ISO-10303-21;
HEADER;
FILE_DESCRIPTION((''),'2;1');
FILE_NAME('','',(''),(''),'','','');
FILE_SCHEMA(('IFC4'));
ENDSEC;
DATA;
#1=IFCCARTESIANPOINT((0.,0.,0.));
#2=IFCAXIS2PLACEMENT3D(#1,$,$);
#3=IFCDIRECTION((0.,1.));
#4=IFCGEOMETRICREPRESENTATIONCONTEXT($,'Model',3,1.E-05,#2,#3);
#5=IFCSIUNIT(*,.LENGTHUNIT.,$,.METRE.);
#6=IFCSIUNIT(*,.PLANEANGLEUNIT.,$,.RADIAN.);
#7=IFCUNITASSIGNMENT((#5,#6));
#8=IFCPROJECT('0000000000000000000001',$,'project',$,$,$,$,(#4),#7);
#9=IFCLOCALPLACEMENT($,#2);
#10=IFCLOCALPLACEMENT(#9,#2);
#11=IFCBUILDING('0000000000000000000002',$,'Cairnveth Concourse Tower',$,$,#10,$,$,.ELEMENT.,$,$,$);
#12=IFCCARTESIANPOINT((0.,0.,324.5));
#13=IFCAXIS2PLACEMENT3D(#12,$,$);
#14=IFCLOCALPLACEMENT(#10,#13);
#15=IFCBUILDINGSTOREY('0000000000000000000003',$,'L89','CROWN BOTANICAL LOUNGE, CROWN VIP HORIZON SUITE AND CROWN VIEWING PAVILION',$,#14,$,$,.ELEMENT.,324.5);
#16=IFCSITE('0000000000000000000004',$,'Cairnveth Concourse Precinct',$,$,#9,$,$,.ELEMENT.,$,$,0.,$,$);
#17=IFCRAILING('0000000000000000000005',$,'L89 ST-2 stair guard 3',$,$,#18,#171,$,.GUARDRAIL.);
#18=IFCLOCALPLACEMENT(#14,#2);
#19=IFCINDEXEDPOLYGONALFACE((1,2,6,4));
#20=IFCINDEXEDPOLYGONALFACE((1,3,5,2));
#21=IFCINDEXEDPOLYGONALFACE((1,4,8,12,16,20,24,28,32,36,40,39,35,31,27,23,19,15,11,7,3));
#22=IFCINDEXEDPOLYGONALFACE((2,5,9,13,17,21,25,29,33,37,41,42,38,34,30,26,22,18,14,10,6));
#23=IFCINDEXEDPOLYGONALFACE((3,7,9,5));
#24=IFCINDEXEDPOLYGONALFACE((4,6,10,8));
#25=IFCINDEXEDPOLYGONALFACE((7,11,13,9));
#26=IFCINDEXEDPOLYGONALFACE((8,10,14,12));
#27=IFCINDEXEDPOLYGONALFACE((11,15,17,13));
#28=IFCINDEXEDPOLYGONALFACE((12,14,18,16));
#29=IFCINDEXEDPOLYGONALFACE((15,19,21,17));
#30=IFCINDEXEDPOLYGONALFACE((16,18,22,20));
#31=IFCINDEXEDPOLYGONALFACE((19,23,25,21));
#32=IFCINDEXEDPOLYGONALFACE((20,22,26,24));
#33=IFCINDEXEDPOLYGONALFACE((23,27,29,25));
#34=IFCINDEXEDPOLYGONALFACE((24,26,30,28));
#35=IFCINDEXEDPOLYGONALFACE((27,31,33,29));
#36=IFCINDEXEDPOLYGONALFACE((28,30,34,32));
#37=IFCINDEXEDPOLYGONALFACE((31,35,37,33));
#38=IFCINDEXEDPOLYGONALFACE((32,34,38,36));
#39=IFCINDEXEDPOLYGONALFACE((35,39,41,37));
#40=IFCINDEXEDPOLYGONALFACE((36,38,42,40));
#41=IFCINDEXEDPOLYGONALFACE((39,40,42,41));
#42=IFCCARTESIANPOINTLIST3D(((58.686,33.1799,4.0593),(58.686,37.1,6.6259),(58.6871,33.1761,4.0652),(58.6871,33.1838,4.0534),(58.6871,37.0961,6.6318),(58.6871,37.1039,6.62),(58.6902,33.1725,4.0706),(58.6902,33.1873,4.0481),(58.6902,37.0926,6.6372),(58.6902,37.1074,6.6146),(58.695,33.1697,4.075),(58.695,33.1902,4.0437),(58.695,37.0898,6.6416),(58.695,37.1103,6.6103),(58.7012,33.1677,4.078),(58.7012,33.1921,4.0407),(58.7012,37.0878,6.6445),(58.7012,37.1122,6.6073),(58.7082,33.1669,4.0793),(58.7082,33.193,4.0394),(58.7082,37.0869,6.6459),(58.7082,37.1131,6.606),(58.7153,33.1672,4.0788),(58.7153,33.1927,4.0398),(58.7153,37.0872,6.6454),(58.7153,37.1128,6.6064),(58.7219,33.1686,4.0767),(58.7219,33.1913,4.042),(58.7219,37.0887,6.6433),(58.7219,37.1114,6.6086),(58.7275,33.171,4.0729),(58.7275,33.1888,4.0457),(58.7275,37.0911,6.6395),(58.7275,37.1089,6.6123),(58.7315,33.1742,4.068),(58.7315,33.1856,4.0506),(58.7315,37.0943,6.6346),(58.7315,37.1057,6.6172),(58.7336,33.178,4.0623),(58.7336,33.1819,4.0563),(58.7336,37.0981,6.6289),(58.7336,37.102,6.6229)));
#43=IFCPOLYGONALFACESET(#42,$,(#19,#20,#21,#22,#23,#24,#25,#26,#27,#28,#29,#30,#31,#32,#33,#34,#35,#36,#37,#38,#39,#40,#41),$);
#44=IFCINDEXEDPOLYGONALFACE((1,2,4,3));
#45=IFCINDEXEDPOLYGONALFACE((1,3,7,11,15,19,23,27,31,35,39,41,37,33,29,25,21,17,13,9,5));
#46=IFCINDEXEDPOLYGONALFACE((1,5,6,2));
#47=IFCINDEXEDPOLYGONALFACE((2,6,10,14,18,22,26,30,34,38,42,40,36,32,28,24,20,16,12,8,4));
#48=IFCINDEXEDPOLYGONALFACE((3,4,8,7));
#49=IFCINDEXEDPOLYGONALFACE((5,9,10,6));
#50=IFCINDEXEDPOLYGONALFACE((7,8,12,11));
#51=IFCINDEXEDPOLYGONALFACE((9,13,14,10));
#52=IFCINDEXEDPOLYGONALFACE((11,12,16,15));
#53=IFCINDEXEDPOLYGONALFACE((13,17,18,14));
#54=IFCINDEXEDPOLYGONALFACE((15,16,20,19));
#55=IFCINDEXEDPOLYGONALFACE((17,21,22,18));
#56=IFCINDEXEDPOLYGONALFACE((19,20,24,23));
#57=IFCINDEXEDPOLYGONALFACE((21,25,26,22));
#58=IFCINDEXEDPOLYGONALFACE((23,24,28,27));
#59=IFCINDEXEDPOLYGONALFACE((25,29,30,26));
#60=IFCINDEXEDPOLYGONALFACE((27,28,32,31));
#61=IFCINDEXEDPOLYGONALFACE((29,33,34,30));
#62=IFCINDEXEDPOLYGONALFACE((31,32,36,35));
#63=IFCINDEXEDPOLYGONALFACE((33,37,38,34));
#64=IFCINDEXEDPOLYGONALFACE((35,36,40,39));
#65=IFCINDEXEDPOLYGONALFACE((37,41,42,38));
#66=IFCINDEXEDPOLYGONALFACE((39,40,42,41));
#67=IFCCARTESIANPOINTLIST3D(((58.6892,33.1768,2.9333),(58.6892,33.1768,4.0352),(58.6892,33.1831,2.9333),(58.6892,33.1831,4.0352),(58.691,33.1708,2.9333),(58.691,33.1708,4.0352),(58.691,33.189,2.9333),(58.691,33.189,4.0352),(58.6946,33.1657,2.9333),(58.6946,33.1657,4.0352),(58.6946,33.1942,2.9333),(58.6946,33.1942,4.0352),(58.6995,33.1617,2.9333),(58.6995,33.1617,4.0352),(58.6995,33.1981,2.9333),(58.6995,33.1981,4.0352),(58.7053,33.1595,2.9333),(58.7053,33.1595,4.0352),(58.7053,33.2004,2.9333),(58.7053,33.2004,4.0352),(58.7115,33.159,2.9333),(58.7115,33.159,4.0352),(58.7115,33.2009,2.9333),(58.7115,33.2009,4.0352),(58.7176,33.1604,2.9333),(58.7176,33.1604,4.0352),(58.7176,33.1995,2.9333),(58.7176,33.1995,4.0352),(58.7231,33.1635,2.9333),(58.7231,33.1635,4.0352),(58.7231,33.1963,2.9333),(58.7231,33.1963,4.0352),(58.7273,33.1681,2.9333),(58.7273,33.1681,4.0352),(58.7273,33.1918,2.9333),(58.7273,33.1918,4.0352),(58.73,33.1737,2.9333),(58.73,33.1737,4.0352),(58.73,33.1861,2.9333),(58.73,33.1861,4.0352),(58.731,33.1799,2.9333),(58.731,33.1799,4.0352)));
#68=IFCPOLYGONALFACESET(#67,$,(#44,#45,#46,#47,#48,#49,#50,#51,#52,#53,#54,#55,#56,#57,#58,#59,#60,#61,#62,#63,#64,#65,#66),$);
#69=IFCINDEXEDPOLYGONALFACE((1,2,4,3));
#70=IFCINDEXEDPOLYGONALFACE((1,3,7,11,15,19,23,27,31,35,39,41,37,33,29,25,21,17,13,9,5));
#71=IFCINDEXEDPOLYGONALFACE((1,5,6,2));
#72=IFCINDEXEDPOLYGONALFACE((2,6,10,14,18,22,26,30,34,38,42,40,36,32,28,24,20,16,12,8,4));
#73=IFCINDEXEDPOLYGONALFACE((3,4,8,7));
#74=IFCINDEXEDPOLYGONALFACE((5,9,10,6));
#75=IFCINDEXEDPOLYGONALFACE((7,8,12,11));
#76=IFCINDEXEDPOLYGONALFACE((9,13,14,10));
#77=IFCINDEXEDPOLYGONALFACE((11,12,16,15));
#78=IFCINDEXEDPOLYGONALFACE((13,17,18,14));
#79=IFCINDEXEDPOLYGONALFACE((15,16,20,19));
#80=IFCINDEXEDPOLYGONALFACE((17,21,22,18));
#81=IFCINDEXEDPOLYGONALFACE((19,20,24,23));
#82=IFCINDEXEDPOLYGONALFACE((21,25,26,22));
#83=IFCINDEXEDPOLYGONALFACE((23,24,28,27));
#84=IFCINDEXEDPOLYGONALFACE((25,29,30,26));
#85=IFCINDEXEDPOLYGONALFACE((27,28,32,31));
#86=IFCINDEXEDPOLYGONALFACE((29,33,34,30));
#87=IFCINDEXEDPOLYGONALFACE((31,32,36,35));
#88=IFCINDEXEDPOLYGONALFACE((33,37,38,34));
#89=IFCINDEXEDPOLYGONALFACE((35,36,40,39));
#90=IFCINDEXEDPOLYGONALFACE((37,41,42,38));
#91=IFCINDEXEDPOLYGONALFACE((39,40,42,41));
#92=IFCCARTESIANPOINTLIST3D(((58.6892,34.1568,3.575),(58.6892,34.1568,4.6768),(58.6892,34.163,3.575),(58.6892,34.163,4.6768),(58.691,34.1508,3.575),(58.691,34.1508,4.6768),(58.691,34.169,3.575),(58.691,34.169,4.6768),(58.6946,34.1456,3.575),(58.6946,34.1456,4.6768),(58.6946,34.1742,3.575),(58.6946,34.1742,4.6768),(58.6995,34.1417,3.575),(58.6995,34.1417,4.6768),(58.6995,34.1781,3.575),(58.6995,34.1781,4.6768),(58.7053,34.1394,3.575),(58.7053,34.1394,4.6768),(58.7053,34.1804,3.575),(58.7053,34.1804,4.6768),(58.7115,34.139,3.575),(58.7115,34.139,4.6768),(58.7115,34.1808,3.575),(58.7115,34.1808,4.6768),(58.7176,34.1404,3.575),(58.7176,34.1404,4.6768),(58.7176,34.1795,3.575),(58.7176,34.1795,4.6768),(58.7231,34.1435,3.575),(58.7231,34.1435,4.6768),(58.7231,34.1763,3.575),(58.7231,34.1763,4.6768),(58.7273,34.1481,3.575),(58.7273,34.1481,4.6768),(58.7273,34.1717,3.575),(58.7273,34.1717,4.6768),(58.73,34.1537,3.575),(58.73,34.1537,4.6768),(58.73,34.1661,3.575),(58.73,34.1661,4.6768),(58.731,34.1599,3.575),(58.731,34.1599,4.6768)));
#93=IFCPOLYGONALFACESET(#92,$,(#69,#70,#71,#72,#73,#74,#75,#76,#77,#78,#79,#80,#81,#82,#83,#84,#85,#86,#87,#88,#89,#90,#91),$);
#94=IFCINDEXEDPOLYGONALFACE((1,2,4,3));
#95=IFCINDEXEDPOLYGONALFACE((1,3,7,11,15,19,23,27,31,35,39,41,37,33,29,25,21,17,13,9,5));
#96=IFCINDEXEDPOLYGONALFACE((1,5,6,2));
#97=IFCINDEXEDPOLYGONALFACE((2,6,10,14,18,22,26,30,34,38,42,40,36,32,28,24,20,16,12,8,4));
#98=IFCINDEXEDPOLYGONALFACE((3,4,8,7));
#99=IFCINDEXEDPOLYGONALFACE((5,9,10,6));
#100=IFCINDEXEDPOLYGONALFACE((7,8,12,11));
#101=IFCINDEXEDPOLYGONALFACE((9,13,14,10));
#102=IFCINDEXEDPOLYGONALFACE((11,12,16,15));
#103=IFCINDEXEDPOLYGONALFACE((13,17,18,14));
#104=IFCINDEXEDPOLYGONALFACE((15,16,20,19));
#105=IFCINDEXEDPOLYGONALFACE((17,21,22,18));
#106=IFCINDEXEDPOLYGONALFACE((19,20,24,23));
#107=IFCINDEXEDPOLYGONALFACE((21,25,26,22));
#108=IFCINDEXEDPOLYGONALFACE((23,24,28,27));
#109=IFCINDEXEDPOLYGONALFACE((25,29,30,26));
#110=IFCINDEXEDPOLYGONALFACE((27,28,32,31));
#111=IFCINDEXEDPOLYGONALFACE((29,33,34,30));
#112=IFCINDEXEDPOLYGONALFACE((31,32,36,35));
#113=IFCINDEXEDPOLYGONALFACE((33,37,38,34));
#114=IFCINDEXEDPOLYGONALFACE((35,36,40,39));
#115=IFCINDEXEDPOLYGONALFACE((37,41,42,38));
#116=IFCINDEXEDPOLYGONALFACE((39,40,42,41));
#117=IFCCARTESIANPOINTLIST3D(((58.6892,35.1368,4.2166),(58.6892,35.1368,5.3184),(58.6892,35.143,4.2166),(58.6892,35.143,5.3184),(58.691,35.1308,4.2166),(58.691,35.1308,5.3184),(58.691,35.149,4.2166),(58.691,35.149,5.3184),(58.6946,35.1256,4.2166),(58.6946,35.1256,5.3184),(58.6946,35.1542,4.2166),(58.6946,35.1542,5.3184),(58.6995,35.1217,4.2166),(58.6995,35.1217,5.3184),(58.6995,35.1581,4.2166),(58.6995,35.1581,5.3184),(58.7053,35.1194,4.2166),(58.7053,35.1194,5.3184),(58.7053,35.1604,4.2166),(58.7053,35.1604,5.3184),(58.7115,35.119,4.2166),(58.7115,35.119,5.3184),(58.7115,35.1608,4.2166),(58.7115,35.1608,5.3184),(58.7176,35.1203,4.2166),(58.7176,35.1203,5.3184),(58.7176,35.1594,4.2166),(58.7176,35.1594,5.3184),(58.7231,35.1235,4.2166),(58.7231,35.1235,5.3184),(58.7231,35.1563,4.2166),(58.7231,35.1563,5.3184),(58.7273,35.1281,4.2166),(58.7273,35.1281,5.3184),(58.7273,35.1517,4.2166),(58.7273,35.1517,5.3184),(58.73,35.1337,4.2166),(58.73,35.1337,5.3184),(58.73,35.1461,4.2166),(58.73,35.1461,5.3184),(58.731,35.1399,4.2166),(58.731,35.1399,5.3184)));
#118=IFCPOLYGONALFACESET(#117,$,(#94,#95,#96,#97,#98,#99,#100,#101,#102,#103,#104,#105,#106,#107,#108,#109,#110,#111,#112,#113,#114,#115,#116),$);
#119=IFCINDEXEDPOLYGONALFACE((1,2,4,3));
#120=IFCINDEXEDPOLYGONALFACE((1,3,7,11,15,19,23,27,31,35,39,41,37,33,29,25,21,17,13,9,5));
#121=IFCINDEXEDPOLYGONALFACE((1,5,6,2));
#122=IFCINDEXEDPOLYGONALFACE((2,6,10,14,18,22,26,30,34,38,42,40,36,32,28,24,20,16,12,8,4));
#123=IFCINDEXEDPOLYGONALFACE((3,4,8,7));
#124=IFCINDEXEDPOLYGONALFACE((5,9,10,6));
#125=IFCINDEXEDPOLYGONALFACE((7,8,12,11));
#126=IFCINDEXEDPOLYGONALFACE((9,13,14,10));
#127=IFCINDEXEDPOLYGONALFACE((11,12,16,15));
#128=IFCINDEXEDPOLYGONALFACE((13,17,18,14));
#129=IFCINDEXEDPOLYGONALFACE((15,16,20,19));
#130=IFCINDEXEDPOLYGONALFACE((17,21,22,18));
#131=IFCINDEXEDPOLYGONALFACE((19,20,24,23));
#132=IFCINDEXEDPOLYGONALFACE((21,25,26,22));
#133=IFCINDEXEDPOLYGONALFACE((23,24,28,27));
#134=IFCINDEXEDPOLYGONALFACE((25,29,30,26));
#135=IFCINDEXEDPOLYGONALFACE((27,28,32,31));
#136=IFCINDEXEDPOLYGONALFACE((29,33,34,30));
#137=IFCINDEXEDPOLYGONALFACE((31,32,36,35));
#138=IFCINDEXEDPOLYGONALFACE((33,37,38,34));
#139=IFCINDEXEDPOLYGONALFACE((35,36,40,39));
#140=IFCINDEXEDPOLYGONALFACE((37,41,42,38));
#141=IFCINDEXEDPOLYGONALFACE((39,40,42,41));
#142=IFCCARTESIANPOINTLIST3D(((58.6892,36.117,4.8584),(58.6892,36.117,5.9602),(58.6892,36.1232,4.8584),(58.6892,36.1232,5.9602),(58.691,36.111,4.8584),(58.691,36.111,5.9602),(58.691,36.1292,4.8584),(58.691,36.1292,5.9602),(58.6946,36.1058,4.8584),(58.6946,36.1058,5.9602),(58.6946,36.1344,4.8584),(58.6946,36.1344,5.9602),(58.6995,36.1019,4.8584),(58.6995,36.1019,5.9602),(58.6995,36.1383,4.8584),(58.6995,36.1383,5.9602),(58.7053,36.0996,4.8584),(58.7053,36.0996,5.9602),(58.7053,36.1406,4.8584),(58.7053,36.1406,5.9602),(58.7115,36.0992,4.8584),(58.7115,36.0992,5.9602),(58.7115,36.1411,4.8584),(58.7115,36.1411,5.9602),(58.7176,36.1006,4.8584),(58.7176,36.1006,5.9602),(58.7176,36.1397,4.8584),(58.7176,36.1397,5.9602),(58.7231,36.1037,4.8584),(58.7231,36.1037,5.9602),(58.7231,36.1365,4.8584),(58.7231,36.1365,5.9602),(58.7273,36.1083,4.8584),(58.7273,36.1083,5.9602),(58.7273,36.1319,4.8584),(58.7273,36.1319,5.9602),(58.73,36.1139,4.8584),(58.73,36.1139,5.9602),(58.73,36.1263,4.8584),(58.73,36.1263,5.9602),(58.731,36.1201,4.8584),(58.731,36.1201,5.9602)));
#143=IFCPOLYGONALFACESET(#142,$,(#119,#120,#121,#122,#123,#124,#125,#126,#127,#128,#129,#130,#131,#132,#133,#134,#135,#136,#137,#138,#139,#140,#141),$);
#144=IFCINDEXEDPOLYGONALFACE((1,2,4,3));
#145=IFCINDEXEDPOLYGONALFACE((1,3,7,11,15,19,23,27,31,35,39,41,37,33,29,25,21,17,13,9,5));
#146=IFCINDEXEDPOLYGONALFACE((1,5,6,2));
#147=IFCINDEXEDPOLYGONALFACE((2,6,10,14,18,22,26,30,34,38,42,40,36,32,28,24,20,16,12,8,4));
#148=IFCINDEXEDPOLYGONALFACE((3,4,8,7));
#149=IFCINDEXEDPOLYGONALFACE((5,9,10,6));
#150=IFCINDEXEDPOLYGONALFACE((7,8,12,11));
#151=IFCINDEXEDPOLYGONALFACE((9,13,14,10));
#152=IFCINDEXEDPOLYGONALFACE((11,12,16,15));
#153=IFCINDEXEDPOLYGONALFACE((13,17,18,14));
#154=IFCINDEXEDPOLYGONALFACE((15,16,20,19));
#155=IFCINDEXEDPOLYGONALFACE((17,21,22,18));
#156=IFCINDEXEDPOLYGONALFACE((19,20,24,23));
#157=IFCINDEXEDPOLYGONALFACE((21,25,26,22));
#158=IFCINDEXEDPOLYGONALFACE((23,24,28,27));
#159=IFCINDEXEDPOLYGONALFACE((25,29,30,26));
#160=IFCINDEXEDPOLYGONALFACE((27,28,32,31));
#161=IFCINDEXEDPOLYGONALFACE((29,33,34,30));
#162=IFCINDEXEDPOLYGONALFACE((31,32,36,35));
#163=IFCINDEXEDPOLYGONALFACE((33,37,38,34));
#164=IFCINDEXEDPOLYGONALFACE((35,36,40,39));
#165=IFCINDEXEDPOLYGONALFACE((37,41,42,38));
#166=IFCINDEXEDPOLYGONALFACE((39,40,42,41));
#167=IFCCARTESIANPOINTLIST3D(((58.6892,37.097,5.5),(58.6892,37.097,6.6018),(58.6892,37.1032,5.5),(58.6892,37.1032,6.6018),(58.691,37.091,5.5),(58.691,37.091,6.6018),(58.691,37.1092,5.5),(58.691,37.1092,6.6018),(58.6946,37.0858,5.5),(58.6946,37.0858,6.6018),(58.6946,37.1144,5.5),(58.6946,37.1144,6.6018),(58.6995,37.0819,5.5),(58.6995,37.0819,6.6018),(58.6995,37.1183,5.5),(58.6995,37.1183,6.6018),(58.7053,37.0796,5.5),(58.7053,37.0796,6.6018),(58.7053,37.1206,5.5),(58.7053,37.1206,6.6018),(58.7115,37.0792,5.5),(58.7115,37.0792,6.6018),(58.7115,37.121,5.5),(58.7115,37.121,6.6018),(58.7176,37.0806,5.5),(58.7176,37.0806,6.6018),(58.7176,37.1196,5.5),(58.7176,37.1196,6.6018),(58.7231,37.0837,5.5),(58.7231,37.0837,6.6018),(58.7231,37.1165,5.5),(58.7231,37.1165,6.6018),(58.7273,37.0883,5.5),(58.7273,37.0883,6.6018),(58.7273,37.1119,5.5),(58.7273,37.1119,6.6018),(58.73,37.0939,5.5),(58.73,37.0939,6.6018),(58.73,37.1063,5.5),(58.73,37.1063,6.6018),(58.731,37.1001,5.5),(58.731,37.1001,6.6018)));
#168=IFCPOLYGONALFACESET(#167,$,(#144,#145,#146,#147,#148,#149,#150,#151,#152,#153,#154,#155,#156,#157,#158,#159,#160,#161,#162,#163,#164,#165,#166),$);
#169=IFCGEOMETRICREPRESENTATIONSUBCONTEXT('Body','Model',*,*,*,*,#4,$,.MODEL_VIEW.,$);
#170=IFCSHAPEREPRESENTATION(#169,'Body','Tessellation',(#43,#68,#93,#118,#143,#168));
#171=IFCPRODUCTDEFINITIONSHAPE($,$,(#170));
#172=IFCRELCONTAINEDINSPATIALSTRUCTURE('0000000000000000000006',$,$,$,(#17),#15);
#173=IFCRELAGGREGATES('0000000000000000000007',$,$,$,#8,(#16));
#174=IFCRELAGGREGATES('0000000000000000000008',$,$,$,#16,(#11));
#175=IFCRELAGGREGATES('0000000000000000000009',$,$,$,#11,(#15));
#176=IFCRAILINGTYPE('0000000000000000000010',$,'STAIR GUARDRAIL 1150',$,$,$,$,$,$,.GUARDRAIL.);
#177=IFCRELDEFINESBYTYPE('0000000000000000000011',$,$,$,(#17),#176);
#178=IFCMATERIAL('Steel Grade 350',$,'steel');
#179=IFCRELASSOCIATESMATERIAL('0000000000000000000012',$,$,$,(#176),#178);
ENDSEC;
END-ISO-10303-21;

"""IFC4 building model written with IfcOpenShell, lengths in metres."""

from ifc_helpers import new_model, si_unit, direction, frame, origin, origin_2d, place, context, subcontext, project, spatial, circle, extrude, material, type_object, element, save


model = new_model("IFC4")

# Units and contexts
model_context = context("Model", 3, precision=1e-05, world=origin(), true_north=direction((0.0, 1.0)))
body_context = subcontext(model_context, "Body", "Model", "MODEL_VIEW")
ifc_project = project(units=[si_unit("LENGTHUNIT", "METRE"), si_unit("PLANEANGLEUNIT", "RADIAN")], contexts=[model_context])

# Site, building, storey
site_placement = place(None, origin())
site = spatial("IfcSite", under=ifc_project, at=site_placement, Name="Cairnveth Concourse Precinct", CompositionType="ELEMENT", RefElevation=0.0)
building_placement = place(site_placement, origin())
building = spatial("IfcBuilding", under=site, at=building_placement, Name="Cairnveth Concourse Tower", CompositionType="ELEMENT")
storey_placement = place(building_placement, frame((0.0, 0.0, 324.5)))
storey = spatial("IfcBuildingStorey", under=building, at=storey_placement, Name="L89", Description="CROWN BOTANICAL LOUNGE, CROWN VIP HORIZON SUITE AND CROWN VIEWING PAVILION", CompositionType="ELEMENT", Elevation=324.5)

# Shared definitions
ifc_material_1 = material(Name="Steel Grade 350", Category="steel")

# Railing
railing_type_1 = type_object("IfcRailingType", Name="STAIR GUARDRAIL 1150", PredefinedType="GUARDRAIL", material=ifc_material_1)
railing_1_placement = place(storey_placement, frame((58.71, 33.1799, 2.9333)))
element("IfcRailing", 1, at=railing_1_placement, inside=storey, type_object=railing_type_1, Name="L89 ST-2 stair guard 3", PredefinedType="GUARDRAIL", context=body_context, shape_type="SweptSolid", body=[
    extrude(circle(Radius=0.0239, at=origin_2d()), frame((0.0, 0.0, 1.126), z_axis=(0.0, 0.836631, 0.547767), x_axis=(-1.0, 0.0, 0.0)), (0.0, 0.0, 1.0), 4.6855),
    extrude(circle(Radius=0.021, at=origin_2d()), origin(), (0.0, 0.0, 1.0), 1.1018),
    extrude(circle(Radius=0.021, at=origin_2d()), frame((0.0, 0.98, 0.6416)), (0.0, 0.0, 1.0), 1.1018),
    extrude(circle(Radius=0.021, at=origin_2d()), frame((0.0, 1.96, 1.2832)), (0.0, 0.0, 1.0), 1.1018),
    extrude(circle(Radius=0.021, at=origin_2d()), frame((0.0, 2.9402, 1.925)), (0.0, 0.0, 1.0), 1.1018),
    extrude(circle(Radius=0.021, at=origin_2d()), frame((0.0, 3.9202, 2.5667)), (0.0, 0.0, 1.0), 1.1018),
])

save(model, "model.ifc")
